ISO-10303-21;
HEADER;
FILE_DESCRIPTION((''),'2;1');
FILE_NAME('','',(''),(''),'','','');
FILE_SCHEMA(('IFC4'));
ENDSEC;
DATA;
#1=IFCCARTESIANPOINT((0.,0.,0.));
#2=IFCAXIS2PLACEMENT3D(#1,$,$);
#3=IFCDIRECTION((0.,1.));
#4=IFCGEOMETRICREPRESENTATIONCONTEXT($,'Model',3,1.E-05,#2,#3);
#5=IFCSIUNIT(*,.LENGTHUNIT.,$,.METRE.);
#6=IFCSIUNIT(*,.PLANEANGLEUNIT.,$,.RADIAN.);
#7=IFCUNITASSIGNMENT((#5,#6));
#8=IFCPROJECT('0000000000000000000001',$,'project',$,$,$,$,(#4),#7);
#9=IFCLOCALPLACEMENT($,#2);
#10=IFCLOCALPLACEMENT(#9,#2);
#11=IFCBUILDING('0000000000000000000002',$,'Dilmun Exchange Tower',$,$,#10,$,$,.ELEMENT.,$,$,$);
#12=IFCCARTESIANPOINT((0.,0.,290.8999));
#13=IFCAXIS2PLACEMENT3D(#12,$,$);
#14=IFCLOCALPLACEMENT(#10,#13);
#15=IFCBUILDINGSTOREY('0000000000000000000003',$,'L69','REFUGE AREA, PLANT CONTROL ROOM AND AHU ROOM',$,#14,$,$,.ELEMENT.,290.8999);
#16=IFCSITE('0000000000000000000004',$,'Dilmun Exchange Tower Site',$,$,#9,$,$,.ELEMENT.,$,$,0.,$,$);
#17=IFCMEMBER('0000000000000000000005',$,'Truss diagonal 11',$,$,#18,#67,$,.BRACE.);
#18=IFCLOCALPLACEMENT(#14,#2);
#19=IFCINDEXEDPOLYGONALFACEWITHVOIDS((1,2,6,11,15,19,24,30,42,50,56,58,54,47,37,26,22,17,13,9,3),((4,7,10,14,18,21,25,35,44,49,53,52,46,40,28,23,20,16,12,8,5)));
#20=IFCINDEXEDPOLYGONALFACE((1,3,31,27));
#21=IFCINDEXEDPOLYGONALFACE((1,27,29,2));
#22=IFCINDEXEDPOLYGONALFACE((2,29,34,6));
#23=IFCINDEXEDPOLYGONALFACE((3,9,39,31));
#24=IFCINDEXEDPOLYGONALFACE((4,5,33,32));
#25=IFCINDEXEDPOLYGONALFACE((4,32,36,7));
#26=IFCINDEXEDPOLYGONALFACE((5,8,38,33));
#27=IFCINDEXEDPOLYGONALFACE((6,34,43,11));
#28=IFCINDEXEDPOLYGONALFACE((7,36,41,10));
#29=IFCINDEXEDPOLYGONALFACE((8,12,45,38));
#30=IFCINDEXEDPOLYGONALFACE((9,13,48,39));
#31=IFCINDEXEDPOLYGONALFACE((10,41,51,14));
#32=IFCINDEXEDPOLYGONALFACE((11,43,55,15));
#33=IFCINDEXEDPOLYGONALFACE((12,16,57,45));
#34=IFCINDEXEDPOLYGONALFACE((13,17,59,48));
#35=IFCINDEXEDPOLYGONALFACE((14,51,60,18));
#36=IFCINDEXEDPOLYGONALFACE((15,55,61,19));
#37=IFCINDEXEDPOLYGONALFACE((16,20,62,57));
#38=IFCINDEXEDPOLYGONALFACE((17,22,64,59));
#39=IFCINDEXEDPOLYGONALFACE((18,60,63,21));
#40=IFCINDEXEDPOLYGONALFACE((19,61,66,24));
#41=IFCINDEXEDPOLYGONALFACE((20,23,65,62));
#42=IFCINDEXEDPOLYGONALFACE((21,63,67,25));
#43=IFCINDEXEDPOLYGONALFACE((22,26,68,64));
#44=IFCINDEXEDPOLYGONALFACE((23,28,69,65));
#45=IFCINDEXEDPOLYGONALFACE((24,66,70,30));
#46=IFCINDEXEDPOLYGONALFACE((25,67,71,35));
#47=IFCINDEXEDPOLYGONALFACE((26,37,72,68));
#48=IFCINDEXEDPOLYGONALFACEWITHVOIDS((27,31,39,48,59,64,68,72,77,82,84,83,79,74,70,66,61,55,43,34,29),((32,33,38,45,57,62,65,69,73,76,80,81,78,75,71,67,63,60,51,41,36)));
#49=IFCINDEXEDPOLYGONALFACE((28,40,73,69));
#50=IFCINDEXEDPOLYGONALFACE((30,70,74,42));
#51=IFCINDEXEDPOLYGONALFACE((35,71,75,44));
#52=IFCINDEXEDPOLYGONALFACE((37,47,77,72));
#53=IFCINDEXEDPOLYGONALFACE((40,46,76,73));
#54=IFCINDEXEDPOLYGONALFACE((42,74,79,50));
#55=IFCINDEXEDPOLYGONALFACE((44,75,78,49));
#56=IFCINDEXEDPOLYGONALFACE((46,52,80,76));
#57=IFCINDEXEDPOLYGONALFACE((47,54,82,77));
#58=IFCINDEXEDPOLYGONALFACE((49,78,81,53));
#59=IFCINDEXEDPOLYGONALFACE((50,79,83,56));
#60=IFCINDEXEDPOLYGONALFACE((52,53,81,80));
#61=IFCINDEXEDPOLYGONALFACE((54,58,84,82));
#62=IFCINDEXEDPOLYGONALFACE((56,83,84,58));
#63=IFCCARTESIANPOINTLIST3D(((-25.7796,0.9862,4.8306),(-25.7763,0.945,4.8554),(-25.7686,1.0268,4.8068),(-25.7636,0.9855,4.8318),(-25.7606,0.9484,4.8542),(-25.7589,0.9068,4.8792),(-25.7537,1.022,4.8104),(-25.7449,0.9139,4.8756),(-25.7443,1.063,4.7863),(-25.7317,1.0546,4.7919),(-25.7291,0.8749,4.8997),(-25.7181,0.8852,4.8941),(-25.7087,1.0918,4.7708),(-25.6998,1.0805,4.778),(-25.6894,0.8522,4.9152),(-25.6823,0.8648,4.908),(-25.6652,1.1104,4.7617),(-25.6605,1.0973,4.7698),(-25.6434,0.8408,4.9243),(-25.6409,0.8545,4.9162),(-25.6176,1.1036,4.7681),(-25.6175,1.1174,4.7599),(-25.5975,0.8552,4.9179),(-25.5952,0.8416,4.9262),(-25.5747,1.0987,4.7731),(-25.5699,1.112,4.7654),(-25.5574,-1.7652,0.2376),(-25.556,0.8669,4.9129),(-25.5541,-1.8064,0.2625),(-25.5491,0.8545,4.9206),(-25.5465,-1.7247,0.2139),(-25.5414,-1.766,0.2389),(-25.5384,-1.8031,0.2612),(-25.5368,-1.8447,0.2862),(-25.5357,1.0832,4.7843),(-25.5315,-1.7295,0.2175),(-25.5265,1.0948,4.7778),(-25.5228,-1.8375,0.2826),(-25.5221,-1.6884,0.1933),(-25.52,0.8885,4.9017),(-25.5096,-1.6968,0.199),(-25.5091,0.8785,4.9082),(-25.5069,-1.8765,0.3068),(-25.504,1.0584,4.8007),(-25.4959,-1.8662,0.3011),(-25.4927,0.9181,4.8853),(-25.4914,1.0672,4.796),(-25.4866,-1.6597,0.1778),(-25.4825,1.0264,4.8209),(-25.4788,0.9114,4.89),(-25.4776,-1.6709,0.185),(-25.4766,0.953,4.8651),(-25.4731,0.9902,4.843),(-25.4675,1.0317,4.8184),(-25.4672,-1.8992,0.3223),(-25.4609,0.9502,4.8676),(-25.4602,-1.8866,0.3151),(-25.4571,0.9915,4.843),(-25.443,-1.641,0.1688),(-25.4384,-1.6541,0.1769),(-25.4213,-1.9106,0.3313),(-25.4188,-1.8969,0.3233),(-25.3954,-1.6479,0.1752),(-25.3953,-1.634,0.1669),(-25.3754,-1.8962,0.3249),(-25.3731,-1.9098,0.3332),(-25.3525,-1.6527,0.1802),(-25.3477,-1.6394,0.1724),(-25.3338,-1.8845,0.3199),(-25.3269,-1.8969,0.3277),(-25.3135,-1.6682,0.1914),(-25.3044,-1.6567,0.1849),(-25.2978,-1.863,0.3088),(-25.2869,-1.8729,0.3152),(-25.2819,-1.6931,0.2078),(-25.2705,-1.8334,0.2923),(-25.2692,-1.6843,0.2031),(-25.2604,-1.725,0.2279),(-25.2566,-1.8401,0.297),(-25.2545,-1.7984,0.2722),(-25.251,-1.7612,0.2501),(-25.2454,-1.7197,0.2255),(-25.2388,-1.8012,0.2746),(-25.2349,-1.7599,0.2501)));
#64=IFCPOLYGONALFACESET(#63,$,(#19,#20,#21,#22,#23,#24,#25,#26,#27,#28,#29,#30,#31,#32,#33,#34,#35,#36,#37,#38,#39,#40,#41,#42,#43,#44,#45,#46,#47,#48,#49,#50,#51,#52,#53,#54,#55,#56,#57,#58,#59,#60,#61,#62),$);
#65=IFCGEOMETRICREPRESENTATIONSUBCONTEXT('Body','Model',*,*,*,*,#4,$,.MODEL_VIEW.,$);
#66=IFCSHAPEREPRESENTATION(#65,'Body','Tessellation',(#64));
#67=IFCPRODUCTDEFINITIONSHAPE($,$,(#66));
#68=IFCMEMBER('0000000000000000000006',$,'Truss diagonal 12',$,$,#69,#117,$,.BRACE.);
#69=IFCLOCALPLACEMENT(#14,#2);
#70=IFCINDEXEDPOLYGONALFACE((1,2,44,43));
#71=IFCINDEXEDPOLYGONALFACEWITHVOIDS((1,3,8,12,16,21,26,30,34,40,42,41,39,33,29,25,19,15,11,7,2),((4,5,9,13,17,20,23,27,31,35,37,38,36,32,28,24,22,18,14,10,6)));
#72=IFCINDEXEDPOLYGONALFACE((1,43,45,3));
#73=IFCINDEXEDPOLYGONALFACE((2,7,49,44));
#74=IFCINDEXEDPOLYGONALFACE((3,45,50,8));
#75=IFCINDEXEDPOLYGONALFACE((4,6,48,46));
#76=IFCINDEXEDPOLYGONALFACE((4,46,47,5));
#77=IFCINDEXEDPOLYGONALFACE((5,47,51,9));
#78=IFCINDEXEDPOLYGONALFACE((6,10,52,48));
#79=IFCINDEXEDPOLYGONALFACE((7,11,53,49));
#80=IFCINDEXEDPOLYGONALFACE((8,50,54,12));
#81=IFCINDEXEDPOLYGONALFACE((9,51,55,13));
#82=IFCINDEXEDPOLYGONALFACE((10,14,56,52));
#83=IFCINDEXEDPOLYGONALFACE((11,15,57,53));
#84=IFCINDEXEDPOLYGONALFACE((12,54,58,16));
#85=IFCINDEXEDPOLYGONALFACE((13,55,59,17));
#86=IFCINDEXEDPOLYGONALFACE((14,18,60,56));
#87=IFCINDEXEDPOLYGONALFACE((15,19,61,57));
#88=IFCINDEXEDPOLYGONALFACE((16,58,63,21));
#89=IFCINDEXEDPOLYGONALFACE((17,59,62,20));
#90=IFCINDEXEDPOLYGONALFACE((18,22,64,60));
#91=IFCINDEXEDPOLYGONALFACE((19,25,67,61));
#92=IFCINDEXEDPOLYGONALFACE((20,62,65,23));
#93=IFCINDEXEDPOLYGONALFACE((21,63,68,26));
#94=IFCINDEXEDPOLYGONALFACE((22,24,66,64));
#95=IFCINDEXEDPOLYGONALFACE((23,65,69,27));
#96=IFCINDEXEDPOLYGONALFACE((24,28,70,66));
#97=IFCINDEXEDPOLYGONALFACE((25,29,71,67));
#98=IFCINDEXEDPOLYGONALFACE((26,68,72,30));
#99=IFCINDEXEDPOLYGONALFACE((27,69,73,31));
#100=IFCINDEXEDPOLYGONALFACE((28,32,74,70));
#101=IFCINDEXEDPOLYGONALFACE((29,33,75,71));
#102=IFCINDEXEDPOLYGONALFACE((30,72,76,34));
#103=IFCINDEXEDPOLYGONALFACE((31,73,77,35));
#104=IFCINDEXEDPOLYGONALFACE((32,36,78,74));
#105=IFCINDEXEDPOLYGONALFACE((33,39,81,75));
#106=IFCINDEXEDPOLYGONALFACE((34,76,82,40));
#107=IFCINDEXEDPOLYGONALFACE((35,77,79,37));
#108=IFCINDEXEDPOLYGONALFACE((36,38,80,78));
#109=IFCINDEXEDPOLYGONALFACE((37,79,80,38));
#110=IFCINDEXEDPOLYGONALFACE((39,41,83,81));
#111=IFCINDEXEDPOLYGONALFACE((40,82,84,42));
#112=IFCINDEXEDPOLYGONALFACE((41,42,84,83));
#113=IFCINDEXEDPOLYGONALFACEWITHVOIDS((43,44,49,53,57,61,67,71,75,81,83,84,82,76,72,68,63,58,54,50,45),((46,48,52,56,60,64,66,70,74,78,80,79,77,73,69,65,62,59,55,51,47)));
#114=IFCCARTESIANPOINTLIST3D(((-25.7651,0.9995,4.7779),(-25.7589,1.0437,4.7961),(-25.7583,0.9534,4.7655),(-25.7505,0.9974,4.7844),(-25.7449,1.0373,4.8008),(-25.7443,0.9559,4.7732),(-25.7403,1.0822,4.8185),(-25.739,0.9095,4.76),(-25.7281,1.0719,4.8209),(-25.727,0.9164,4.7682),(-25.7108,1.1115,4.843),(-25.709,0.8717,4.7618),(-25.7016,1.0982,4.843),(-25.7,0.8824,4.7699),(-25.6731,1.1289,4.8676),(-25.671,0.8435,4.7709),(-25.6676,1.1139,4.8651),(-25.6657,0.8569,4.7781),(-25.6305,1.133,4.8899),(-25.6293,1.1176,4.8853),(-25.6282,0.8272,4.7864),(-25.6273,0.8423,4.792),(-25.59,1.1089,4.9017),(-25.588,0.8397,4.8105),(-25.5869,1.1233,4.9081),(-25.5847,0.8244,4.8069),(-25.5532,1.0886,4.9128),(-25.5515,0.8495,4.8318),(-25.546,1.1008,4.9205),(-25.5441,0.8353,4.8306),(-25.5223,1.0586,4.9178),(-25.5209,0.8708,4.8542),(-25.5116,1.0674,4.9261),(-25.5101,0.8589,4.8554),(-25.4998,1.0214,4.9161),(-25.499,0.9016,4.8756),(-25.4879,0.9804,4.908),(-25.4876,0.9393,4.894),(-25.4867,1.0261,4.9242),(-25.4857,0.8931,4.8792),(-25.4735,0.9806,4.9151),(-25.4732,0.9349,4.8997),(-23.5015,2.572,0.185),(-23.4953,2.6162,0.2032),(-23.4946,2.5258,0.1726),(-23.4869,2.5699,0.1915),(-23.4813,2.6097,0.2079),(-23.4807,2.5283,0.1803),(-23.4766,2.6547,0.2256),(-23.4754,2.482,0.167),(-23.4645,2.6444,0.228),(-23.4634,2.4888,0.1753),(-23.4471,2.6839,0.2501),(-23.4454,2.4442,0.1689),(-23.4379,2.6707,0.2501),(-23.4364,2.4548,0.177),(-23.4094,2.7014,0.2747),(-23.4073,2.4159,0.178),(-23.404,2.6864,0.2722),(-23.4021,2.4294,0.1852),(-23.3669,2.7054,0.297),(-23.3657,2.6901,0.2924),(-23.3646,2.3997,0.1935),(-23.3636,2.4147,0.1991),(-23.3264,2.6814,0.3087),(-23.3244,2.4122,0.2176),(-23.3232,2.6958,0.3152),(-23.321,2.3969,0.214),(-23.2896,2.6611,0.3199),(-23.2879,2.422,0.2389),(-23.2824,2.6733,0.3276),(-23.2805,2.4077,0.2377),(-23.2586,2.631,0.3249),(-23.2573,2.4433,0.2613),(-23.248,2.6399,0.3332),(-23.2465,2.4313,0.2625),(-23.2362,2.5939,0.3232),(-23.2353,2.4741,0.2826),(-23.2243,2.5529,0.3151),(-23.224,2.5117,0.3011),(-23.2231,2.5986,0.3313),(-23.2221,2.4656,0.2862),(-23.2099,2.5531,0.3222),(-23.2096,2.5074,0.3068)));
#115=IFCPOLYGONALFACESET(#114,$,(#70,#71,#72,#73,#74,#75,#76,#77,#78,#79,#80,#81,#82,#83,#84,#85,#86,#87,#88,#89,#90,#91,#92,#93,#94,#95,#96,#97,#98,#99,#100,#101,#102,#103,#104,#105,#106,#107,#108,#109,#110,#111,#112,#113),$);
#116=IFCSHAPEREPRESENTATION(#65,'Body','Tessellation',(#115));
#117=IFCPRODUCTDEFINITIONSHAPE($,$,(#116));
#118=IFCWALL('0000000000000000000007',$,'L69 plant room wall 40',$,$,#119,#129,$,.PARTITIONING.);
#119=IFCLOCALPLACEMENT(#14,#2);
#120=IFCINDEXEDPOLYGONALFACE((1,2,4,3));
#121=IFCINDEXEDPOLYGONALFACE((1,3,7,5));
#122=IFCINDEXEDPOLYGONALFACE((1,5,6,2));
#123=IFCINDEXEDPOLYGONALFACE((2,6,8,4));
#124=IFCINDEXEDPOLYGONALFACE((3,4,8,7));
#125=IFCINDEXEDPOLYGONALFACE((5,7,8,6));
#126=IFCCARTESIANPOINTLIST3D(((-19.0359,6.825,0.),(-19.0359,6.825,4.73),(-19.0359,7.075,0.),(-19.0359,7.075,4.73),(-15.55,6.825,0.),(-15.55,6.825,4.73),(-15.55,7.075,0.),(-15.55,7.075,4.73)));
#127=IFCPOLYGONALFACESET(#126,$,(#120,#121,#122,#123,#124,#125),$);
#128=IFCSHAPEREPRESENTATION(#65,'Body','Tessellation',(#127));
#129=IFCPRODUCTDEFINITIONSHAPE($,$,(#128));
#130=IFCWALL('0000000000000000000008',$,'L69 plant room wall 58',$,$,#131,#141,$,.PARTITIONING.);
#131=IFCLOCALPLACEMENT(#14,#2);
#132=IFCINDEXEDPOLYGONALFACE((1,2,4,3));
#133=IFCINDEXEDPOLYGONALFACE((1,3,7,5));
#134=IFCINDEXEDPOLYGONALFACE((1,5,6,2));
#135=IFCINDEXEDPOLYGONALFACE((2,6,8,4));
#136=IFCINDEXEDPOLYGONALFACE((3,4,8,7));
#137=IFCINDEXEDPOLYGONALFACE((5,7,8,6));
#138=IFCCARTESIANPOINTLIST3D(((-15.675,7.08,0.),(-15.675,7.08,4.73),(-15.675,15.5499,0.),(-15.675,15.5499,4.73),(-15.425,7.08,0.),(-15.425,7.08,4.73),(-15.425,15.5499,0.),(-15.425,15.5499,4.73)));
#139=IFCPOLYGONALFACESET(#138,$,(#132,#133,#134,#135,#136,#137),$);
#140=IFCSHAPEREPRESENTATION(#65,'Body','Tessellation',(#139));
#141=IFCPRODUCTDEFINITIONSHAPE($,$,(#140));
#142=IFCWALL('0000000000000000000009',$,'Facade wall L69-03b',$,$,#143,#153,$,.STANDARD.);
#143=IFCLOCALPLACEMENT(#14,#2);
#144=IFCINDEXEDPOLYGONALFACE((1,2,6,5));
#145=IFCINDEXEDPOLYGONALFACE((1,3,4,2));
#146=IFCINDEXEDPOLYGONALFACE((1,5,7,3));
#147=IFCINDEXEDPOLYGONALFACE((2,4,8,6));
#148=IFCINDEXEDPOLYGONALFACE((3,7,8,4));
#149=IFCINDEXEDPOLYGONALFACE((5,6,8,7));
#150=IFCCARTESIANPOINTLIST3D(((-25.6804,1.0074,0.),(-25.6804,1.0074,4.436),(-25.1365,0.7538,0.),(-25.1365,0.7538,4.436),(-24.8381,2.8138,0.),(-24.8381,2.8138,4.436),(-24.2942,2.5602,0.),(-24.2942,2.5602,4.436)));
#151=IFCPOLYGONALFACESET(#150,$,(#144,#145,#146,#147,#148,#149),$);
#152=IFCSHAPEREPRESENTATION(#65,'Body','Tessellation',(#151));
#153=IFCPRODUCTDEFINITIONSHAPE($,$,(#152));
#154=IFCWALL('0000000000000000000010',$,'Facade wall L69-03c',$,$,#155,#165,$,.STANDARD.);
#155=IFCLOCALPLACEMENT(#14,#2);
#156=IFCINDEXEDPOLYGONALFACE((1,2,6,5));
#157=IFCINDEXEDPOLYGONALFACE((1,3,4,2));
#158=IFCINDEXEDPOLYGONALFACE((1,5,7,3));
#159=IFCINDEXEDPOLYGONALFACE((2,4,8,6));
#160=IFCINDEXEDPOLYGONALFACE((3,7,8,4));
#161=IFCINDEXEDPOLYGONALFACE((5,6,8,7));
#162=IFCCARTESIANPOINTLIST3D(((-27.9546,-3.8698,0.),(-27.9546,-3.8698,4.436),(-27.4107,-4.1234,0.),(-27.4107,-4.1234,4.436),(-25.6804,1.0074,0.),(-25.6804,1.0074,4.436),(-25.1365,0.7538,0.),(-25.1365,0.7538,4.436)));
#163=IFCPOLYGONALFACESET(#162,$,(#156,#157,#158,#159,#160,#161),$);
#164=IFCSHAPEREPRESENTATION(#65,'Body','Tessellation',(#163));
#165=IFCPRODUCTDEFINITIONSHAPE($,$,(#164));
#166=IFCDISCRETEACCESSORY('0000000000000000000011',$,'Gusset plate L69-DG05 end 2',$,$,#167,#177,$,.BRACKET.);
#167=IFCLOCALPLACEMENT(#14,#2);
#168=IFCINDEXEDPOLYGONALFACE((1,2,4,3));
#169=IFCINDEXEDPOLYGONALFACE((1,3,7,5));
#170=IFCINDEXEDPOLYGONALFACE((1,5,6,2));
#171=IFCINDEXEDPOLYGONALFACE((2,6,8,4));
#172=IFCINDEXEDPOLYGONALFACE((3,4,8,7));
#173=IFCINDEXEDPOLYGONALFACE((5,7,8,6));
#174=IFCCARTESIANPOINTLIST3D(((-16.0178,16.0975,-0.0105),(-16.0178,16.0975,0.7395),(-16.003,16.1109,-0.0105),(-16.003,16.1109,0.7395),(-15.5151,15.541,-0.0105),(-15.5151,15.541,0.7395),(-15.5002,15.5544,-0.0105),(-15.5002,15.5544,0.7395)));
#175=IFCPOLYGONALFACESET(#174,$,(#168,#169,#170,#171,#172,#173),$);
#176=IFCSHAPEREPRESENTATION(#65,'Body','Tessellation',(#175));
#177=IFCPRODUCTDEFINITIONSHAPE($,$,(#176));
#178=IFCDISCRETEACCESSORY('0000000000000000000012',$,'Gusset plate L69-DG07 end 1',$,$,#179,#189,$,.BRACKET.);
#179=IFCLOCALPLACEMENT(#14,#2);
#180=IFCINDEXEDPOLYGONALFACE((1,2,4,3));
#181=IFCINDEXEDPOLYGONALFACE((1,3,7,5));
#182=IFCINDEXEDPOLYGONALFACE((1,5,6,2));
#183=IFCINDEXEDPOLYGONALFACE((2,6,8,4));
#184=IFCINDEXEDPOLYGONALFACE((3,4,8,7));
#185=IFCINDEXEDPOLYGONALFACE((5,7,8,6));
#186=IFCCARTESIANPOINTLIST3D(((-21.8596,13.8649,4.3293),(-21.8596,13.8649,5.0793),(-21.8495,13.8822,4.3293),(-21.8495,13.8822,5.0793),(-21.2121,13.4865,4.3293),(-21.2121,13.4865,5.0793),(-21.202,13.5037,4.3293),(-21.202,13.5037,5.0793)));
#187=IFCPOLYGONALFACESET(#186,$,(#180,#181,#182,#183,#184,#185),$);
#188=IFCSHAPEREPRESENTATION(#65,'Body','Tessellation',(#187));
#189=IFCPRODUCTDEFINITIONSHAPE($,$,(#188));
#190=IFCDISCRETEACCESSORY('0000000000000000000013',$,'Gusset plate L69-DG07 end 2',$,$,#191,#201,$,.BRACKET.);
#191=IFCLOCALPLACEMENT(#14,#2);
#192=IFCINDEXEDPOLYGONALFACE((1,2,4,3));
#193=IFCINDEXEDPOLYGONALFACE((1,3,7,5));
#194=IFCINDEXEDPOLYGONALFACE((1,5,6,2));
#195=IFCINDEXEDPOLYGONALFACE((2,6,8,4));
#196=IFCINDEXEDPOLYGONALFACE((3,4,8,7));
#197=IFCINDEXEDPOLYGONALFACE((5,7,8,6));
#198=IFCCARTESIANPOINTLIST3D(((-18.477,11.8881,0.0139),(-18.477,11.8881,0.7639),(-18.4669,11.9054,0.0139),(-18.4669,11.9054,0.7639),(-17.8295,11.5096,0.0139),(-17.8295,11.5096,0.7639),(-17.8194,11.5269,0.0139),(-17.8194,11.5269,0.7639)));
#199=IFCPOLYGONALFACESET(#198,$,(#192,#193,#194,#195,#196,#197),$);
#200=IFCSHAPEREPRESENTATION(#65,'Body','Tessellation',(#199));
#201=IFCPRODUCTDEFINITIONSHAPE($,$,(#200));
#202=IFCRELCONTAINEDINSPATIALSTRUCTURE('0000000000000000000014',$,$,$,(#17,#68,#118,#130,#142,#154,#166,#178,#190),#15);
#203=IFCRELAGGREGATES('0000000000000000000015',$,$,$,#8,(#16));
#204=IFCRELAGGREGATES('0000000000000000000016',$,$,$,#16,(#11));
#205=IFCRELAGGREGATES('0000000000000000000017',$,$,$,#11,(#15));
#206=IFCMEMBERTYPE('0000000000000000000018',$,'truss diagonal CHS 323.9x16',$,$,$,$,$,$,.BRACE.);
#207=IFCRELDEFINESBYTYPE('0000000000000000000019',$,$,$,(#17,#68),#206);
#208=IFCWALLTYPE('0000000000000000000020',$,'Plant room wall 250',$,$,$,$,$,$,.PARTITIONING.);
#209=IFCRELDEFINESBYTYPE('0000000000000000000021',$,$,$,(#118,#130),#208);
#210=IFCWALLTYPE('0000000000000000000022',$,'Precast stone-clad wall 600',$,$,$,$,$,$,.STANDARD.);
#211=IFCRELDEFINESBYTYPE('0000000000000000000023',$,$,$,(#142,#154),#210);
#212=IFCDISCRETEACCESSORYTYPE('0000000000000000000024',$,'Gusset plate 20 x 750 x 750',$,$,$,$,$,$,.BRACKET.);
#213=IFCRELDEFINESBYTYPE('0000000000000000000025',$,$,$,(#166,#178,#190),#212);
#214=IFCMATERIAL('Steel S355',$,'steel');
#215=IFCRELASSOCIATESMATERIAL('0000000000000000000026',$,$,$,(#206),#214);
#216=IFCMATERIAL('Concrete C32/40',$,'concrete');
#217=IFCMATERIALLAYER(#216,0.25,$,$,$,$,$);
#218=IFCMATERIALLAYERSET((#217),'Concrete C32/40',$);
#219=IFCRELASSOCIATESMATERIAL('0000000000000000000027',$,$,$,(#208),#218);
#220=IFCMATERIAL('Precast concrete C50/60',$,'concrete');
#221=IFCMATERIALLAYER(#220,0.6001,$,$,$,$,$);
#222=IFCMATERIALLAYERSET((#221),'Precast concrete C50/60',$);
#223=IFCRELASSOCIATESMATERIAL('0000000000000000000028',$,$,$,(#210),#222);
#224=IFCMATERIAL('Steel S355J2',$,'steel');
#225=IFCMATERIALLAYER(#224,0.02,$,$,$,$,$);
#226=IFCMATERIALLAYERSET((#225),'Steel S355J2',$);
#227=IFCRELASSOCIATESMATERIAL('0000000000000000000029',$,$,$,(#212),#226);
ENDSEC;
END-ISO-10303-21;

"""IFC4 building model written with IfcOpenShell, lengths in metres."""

from ifc_helpers import new_model, si_unit, direction, frame, frame_2d, origin, origin_2d, place, context, subcontext, project, spatial, rectangle, hollow_circle, extrude, material, layer, layer_set, material_profile, profile_set, type_object, element, save


model = new_model("IFC4")

# Units and contexts
model_context = context("Model", 3, precision=1e-05, world=origin(), true_north=direction((0.0, 1.0)))
body_context = subcontext(model_context, "Body", "Model", "MODEL_VIEW")
ifc_project = project(units=[si_unit("LENGTHUNIT", "METRE"), si_unit("PLANEANGLEUNIT", "RADIAN")], contexts=[model_context])

# Site, building, storey
site_placement = place(None, origin())
site = spatial("IfcSite", under=ifc_project, at=site_placement, Name="Dilmun Exchange Tower Site", CompositionType="ELEMENT", RefElevation=0.0)
building_placement = place(site_placement, origin())
building = spatial("IfcBuilding", under=site, at=building_placement, Name="Dilmun Exchange Tower", CompositionType="ELEMENT")
storey_placement = place(building_placement, frame((0.0, 0.0, 290.8999)))
storey = spatial("IfcBuildingStorey", under=building, at=storey_placement, Name="L69", Description="REFUGE AREA, PLANT CONTROL ROOM AND AHU ROOM", CompositionType="ELEMENT", Elevation=290.8999)

# Shared definitions
ifc_material_1 = material(Name="Steel S355", Category="steel")

# Members
ifc_material_profile_1 = material_profile(ifc_material_1, hollow_circle(Radius=0.1619, WallThickness=0.0161, at=origin_2d()), Name="CHS 323.9x16")
ifc_profile_set_1 = profile_set([ifc_material_profile_1], Name="Steel S355")
member_type = type_object("IfcMemberType", Name="truss diagonal CHS 323.9x16", PredefinedType="BRACE", material=ifc_profile_set_1)
member_1_placement = place(storey_placement, frame((-25.6184, 0.9785, 4.843), z_axis=(0.041459, -0.513457, -0.857113), x_axis=(0.996756, 0.080483, 0.0)))
element("IfcMember", 1, at=member_1_placement, inside=storey, type_object=member_type, Name="Truss diagonal 11", PredefinedType="BRACE", context=body_context, shape_type="SweptSolid", body=[
    extrude(hollow_circle(Radius=0.1619, WallThickness=0.0161, at=origin_2d()), origin(), (0.0, 0.0, 1.0), 5.3586),
])
member_2_placement = place(storey_placement, frame((-25.6184, 0.9785, 4.843), z_axis=(0.422598, 0.293567, -0.857455), x_axis=(-0.570522, 0.821282, 0.0)))
element("IfcMember", 2, at=member_2_placement, inside=storey, type_object=member_type, Name="Truss diagonal 12", PredefinedType="BRACE", context=body_context, shape_type="SweptSolid", body=[
    extrude(hollow_circle(Radius=0.1619, WallThickness=0.0161, at=origin_2d()), origin(), (0.0, 0.0, 1.0), 5.3564),
])

# Walls
ifc_material_2 = material(Name="Concrete C32/40", Category="concrete")
ifc_layer_1 = layer(ifc_material_2, 0.25)
ifc_layer_set_1 = layer_set([ifc_layer_1], Name="Concrete C32/40")
wall_type_1 = type_object("IfcWallType", Name="Plant room wall 250", PredefinedType="PARTITIONING", material=ifc_layer_set_1)
wall_1_placement = place(storey_placement, frame((-19.0359, 6.95, 0.0), z_axis=(0.0, 0.0, 1.0), x_axis=(1.0, 0.0, 0.0)))
element("IfcWall", 3, at=wall_1_placement, inside=storey, type_object=wall_type_1, Name="L69 plant room wall 40", PredefinedType="PARTITIONING", context=body_context, shape_type="SweptSolid", body=[
    extrude(rectangle(XDim=3.4858, YDim=0.25, at=frame_2d((1.7429, 0.0))), origin(), (0.0, 0.0, 1.0), 4.73),
])
wall_2_placement = place(storey_placement, frame((-15.55, 7.0801, 0.0), z_axis=(0.0, 0.0, 1.0), x_axis=(0.0, 1.0, 0.0)))
element("IfcWall", 4, at=wall_2_placement, inside=storey, type_object=wall_type_1, Name="L69 plant room wall 58", PredefinedType="PARTITIONING", context=body_context, shape_type="SweptSolid", body=[
    extrude(rectangle(XDim=8.47, YDim=0.25, at=frame_2d((4.2349, 0.0))), origin(), (0.0, 0.0, 1.0), 4.73),
])
ifc_material_3 = material(Name="Precast concrete C50/60", Category="concrete")
ifc_layer_2 = layer(ifc_material_3, 0.6001)
ifc_layer_set_2 = layer_set([ifc_layer_2], Name="Precast concrete C50/60")
wall_type_2 = type_object("IfcWallType", Name="Precast stone-clad wall 600", PredefinedType="STANDARD", material=ifc_layer_set_2)
wall_3_placement = place(storey_placement, frame((-24.5662, 2.687, 0.0), z_axis=(0.0, 0.0, 1.0), x_axis=(-0.422597, -0.906318, 0.0)))
element("IfcWall", 5, at=wall_3_placement, inside=storey, type_object=wall_type_2, Name="Facade wall L69-03b", PredefinedType="STANDARD", context=body_context, shape_type="SweptSolid", body=[
    extrude(rectangle(XDim=1.9932, YDim=0.6001, at=frame_2d((0.9966, 0.0))), origin(), (0.0, 0.0, 1.0), 4.436),
])
wall_4_placement = place(storey_placement, frame((-25.4084, 0.8806, 0.0), z_axis=(0.0, 0.0, 1.0), x_axis=(-0.422602, -0.906315, 0.0)))
element("IfcWall", 6, at=wall_4_placement, inside=storey, type_object=wall_type_2, Name="Facade wall L69-03c", PredefinedType="STANDARD", context=body_context, shape_type="SweptSolid", body=[
    extrude(rectangle(XDim=5.3813, YDim=0.6001, at=frame_2d((2.6907, 0.0))), origin(), (0.0, 0.0, 1.0), 4.436),
])

# Discrete accessories
ifc_material_4 = material(Name="Steel S355J2", Category="steel")
ifc_layer_3 = layer(ifc_material_4, 0.02)
ifc_layer_set_3 = layer_set([ifc_layer_3], Name="Steel S355J2")
discrete_accessory_type = type_object("IfcDiscreteAccessoryType", Name="Gusset plate 20 x 750 x 750", PredefinedType="BRACKET", material=ifc_layer_set_3)
for number, where, z_axis, x_axis, name in (
    (7, (-15.759, 15.8259, -0.0105), (0.0, 0.0, 1.0), (0.670349, -0.742046, 0.0), "Gusset plate L69-DG05 end 2"),
    (8, (-21.5308, 13.6843, 4.3293), (0.0, 0.0, 1.0), (0.863346, -0.504612, 0.0), "Gusset plate L69-DG07 end 1"),
    (9, (-18.1482, 11.7075, 0.0139), (0.0, 0.0, 1.0), (0.863346, -0.504612, 0.0), "Gusset plate L69-DG07 end 2"),
):
    element("IfcDiscreteAccessory", number, at=place(storey_placement, frame(where, z_axis=z_axis, x_axis=x_axis)), inside=storey, type_object=discrete_accessory_type, Name=name, PredefinedType="BRACKET", context=body_context, shape_type="SweptSolid", body=[
        extrude(rectangle(XDim=0.75, YDim=0.02, at=origin_2d()), origin(), (0.0, 0.0, 1.0), 0.75),
    ])

save(model, "model.ifc")
